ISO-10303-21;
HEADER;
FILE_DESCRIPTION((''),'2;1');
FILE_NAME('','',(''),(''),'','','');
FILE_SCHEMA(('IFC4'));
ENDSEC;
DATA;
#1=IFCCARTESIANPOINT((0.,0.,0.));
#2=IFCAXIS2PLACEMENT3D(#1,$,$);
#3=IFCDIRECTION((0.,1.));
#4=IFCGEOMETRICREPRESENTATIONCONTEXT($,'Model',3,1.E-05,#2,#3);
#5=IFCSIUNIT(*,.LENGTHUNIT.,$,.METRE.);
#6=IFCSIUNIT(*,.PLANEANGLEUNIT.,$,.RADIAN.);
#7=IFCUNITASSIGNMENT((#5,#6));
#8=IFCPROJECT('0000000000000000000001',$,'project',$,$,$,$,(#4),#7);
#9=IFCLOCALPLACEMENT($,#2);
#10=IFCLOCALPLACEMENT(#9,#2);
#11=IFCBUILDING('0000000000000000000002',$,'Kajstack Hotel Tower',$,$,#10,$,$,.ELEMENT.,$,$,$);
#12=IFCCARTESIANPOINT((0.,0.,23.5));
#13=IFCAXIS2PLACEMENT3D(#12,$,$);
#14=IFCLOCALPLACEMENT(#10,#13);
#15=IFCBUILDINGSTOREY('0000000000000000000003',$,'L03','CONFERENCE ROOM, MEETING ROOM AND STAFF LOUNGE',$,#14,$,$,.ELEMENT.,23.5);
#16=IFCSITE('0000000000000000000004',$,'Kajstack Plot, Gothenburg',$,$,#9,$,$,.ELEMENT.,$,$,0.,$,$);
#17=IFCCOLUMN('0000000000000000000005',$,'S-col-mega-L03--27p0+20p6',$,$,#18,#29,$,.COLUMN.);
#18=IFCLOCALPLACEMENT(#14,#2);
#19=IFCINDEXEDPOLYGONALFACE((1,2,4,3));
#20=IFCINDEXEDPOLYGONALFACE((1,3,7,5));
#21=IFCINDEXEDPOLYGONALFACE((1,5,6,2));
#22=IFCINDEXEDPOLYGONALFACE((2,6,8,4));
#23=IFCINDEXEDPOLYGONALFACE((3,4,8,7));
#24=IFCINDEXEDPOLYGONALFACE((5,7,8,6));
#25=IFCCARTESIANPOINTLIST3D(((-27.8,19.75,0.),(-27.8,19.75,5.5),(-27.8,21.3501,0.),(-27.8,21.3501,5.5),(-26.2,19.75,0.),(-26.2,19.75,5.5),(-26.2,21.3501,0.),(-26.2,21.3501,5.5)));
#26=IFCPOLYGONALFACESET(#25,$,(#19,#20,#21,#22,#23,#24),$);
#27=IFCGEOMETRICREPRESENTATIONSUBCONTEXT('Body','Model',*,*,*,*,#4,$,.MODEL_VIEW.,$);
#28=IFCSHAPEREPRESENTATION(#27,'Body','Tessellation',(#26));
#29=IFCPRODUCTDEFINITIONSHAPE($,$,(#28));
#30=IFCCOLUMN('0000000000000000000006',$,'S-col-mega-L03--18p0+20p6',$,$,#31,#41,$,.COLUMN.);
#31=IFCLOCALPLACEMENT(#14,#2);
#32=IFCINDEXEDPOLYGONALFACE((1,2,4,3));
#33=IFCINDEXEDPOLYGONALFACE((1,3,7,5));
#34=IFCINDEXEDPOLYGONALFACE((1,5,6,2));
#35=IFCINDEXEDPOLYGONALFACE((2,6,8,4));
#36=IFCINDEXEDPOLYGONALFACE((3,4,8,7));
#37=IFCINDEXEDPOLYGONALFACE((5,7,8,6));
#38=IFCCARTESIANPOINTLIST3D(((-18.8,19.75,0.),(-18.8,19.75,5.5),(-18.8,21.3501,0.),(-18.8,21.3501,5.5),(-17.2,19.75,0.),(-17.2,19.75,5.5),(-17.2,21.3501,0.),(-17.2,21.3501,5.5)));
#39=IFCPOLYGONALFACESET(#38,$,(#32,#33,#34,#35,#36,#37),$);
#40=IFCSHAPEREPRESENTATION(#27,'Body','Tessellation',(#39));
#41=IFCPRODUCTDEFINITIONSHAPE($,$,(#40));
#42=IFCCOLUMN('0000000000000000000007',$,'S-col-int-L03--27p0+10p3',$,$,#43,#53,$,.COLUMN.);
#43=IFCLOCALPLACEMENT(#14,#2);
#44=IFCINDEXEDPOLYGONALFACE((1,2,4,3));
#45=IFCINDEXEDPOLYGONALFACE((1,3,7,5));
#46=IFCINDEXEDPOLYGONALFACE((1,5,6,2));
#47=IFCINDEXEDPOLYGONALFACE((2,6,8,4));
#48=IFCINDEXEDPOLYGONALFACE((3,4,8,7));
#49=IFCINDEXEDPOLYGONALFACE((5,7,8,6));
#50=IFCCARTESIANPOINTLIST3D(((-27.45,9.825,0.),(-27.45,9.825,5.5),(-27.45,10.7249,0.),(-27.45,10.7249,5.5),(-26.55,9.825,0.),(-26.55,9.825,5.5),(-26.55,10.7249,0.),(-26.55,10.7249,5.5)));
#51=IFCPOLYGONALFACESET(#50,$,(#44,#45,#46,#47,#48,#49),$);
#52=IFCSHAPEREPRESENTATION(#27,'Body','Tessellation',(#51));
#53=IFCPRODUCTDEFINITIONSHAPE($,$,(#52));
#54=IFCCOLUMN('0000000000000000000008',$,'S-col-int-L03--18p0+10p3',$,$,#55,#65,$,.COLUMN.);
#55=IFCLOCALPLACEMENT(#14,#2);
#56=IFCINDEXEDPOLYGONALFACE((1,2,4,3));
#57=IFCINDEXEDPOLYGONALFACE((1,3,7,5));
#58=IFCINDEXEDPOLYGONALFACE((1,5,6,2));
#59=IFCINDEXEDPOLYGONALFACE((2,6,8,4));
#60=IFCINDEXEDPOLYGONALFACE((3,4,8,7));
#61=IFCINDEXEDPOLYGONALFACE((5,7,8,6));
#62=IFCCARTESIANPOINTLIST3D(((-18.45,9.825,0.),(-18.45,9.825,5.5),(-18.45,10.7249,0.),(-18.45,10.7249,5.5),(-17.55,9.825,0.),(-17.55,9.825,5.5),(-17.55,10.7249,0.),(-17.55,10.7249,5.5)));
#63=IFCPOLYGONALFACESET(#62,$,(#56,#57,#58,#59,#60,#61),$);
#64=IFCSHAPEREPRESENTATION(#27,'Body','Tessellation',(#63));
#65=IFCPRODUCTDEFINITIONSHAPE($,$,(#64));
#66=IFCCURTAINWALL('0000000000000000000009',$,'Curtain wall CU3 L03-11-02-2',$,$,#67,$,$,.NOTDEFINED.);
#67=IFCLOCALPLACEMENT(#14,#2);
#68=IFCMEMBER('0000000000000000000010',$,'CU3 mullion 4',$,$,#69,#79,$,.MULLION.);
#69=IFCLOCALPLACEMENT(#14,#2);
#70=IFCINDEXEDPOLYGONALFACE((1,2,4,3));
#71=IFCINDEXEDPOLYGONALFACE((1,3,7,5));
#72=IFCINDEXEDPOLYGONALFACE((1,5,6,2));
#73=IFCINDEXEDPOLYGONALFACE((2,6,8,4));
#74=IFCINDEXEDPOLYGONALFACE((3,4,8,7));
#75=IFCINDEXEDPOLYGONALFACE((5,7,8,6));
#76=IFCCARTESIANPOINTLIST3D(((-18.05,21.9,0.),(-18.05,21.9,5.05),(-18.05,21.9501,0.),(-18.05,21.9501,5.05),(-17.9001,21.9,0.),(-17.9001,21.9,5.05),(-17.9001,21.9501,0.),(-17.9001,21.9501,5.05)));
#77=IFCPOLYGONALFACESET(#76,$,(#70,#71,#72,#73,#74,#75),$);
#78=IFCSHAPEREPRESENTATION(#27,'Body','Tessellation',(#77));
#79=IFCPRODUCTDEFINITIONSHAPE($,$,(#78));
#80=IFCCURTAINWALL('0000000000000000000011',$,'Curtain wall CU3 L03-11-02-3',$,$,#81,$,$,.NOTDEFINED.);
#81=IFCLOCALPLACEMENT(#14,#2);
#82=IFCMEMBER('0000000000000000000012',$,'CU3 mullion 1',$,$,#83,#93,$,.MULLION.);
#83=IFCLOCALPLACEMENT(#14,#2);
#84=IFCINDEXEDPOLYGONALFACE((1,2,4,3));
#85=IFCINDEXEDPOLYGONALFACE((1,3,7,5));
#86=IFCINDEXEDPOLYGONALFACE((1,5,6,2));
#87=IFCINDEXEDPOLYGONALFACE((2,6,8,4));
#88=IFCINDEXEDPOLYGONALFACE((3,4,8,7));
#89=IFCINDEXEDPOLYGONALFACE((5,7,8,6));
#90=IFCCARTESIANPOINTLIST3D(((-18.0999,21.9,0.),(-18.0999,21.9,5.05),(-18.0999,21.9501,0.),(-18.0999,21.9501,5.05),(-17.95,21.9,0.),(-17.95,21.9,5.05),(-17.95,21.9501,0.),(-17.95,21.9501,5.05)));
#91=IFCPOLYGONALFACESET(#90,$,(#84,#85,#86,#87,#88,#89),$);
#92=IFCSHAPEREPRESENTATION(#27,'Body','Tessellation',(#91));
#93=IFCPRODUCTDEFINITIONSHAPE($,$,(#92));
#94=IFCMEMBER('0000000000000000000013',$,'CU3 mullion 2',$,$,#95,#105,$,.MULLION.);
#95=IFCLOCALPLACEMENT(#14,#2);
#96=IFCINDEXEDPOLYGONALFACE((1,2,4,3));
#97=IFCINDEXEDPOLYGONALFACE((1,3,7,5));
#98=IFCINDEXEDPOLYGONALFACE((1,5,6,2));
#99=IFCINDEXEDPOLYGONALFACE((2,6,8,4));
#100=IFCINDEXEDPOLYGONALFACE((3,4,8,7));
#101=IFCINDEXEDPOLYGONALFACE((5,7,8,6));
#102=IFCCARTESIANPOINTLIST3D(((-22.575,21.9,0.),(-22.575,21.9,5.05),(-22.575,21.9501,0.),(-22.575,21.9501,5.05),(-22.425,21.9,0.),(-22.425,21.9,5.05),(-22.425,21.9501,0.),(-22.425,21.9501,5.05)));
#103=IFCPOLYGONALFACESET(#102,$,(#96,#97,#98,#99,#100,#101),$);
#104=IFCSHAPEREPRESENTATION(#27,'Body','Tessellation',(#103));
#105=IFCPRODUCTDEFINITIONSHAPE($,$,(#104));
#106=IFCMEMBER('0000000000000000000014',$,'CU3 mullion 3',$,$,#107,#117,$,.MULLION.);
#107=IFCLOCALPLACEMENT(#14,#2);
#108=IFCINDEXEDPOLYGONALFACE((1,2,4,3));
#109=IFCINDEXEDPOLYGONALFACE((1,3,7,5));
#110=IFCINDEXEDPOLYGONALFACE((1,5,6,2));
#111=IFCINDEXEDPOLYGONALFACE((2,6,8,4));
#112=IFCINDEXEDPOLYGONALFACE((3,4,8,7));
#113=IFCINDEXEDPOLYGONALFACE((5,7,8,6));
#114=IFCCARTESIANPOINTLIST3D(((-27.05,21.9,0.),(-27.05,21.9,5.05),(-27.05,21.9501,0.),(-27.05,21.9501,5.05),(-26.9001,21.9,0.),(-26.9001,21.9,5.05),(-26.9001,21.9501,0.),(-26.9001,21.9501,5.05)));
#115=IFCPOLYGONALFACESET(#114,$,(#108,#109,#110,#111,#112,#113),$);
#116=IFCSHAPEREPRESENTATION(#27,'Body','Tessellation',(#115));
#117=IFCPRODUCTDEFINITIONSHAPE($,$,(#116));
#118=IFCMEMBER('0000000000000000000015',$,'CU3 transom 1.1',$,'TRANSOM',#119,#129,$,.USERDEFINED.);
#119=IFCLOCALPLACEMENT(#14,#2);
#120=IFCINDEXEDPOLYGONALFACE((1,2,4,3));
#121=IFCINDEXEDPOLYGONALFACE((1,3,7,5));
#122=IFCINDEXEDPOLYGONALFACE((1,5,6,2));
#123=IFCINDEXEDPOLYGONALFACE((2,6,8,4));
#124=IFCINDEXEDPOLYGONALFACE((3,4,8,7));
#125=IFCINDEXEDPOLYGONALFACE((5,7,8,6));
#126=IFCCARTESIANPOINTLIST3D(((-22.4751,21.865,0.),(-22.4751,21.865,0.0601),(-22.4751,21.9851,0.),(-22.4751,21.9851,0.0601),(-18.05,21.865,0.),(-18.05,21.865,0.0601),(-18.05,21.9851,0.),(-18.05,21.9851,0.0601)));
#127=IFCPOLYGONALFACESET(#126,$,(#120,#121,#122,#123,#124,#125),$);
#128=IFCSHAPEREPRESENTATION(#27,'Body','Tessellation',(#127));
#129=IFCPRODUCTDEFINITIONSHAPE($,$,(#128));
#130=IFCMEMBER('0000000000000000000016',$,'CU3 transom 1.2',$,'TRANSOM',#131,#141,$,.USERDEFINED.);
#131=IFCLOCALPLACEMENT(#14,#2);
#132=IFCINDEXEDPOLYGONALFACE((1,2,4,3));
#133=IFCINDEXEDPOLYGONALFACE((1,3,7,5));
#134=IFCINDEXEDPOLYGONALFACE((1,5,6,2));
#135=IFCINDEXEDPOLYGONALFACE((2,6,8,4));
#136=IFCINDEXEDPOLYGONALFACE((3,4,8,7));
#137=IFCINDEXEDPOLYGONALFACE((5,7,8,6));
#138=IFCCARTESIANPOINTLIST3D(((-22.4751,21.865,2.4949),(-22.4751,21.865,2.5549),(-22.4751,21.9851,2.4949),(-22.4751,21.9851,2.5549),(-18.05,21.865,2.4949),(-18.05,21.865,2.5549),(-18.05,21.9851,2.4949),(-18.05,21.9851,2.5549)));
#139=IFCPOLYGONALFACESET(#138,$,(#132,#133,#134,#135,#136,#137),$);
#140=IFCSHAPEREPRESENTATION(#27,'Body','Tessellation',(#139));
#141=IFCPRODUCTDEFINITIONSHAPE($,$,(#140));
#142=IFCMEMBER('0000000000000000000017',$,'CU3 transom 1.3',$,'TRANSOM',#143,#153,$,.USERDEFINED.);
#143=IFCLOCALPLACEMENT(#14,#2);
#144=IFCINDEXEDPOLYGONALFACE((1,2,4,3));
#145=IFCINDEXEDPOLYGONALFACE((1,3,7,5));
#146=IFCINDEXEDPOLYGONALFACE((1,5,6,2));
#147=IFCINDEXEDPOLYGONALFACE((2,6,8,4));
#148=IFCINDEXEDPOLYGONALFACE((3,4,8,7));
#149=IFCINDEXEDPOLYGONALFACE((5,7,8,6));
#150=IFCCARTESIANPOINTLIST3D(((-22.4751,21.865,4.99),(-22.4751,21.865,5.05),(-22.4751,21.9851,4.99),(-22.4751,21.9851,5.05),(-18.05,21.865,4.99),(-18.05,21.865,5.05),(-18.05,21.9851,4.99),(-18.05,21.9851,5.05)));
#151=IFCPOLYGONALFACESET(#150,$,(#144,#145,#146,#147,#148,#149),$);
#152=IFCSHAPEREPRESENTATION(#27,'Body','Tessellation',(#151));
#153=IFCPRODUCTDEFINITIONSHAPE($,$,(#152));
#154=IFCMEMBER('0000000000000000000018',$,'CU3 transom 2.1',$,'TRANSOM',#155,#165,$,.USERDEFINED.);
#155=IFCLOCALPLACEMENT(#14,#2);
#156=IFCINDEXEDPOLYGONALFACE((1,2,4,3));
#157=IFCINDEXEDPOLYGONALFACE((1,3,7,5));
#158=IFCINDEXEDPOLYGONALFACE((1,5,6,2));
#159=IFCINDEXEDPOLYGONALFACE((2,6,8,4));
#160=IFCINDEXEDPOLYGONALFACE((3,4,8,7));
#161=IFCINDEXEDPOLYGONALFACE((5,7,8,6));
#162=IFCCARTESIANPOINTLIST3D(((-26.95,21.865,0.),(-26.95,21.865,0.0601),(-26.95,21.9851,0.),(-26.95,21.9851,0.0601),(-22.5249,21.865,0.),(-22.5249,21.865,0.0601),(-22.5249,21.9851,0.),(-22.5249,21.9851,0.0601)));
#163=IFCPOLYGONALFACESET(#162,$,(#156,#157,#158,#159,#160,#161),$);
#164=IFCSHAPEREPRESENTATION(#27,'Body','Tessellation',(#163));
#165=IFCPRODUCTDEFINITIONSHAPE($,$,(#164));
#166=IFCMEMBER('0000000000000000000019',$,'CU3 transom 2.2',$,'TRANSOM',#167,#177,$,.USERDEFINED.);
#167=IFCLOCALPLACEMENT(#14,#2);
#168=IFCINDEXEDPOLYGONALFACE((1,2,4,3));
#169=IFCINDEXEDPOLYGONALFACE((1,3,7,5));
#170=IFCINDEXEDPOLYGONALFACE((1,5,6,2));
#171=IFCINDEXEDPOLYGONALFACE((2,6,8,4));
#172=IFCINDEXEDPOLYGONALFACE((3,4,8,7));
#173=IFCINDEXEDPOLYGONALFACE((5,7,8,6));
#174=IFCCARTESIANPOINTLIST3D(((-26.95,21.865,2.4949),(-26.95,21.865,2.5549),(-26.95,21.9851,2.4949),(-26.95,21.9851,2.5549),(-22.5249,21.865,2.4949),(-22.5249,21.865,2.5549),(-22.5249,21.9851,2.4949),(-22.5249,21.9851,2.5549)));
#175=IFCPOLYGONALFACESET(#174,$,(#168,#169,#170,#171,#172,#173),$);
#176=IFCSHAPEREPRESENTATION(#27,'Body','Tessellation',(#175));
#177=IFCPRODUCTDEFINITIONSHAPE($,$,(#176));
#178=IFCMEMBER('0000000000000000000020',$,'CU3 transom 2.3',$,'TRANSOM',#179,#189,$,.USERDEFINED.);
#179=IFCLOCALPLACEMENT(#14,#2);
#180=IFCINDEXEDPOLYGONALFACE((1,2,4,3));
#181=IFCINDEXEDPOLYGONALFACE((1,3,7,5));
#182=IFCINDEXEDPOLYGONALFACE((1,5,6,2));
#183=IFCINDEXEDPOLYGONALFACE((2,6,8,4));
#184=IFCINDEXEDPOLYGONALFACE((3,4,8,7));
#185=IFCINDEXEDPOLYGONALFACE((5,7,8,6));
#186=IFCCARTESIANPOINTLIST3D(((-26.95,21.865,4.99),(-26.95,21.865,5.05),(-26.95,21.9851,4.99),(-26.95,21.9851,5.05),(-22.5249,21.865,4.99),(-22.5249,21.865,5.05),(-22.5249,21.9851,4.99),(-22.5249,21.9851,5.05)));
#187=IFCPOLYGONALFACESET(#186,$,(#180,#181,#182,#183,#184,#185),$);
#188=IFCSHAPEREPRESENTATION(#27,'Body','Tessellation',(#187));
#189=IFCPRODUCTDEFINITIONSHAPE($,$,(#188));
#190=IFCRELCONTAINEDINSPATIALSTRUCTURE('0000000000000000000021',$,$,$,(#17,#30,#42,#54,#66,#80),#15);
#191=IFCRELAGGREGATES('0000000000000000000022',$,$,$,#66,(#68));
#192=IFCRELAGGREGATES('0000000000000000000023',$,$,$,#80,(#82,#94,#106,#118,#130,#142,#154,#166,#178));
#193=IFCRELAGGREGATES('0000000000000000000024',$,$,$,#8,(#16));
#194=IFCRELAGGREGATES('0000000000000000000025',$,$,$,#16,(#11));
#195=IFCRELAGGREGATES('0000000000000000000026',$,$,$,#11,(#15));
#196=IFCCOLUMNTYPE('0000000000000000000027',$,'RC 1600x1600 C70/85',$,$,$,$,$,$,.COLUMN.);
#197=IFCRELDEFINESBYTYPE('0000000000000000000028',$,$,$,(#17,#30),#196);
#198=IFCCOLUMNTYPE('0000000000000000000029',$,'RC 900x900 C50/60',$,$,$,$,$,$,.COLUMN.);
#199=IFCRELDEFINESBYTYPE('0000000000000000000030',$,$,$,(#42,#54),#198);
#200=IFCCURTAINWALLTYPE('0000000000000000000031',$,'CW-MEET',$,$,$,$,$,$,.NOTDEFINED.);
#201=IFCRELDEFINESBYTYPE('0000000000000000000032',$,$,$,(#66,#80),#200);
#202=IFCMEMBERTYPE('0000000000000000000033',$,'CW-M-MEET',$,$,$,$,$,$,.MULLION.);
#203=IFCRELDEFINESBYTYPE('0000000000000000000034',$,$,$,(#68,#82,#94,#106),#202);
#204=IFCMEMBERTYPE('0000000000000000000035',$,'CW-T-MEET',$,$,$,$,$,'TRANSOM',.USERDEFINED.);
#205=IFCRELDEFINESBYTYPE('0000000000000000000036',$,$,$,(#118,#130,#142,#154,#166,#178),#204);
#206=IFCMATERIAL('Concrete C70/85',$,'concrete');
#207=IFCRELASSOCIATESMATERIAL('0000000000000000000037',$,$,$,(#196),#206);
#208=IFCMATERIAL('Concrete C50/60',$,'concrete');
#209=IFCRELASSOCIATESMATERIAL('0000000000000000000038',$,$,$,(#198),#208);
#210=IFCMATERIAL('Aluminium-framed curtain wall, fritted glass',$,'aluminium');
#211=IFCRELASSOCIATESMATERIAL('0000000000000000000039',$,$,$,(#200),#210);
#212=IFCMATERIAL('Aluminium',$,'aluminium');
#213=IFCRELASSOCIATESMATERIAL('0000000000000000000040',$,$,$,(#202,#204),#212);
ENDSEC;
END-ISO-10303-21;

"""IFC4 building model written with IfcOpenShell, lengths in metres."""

from ifc_helpers import new_model, si_unit, direction, frame, origin, origin_2d, place, context, subcontext, project, spatial, rectangle, extrude, material, material_profile, profile_set, type_object, element, aggregate, save


model = new_model("IFC4")

# Units and contexts
model_context = context("Model", 3, precision=1e-05, world=origin(), true_north=direction((0.0, 1.0)))
body_context = subcontext(model_context, "Body", "Model", "MODEL_VIEW")
ifc_project = project(units=[si_unit("LENGTHUNIT", "METRE"), si_unit("PLANEANGLEUNIT", "RADIAN")], contexts=[model_context])

# Site, building, storey
site_placement = place(None, origin())
site = spatial("IfcSite", under=ifc_project, at=site_placement, Name="Kajstack Plot, Gothenburg", CompositionType="ELEMENT", RefElevation=0.0)
building_placement = place(site_placement, origin())
building = spatial("IfcBuilding", under=site, at=building_placement, Name="Kajstack Hotel Tower", CompositionType="ELEMENT")
storey_placement = place(building_placement, frame((0.0, 0.0, 23.5)))
storey = spatial("IfcBuildingStorey", under=building, at=storey_placement, Name="L03", Description="CONFERENCE ROOM, MEETING ROOM AND STAFF LOUNGE", CompositionType="ELEMENT", Elevation=23.5)

# Columns
ifc_material_1 = material(Name="Concrete C70/85", Category="concrete")
ifc_material_profile_1 = material_profile(ifc_material_1, rectangle(XDim=1.6001, YDim=1.6001, at=origin_2d()), Name="RC 1600x1600")
ifc_profile_set_1 = profile_set([ifc_material_profile_1], Name="Concrete C70/85")
column_type_1 = type_object("IfcColumnType", Name="RC 1600x1600 C70/85", PredefinedType="COLUMN", material=ifc_profile_set_1)
for number, where, z_axis, x_axis, name in (
    (1, (-27.0, 20.55, 0.0), (0.0, 0.0, 1.0), (1.0, 0.0, 0.0), "S-col-mega-L03--27p0+20p6"),
    (2, (-18.0, 20.55, 0.0), (0.0, 0.0, 1.0), (1.0, 0.0, 0.0), "S-col-mega-L03--18p0+20p6"),
):
    element("IfcColumn", number, at=place(storey_placement, frame(where, z_axis=z_axis, x_axis=x_axis)), inside=storey, type_object=column_type_1, Name=name, PredefinedType="COLUMN", context=body_context, shape_type="SweptSolid", body=[
        extrude(rectangle(XDim=1.6001, YDim=1.6001, at=origin_2d()), origin(), (0.0, 0.0, 1.0), 5.5),
    ])
ifc_material_2 = material(Name="Concrete C50/60", Category="concrete")
ifc_material_profile_2 = material_profile(ifc_material_2, rectangle(XDim=0.8999, YDim=0.8999, at=origin_2d()), Name="RC 900x900")
ifc_profile_set_2 = profile_set([ifc_material_profile_2], Name="Concrete C50/60")
column_type_2 = type_object("IfcColumnType", Name="RC 900x900 C50/60", PredefinedType="COLUMN", material=ifc_profile_set_2)
for number, where, z_axis, x_axis, name in (
    (3, (-27.0, 10.2749, 0.0), (0.0, 0.0, 1.0), (1.0, 0.0, 0.0), "S-col-int-L03--27p0+10p3"),
    (4, (-18.0, 10.2749, 0.0), (0.0, 0.0, 1.0), (1.0, 0.0, 0.0), "S-col-int-L03--18p0+10p3"),
):
    element("IfcColumn", number, at=place(storey_placement, frame(where, z_axis=z_axis, x_axis=x_axis)), inside=storey, type_object=column_type_2, Name=name, PredefinedType="COLUMN", context=body_context, shape_type="SweptSolid", body=[
        extrude(rectangle(XDim=0.8999, YDim=0.8999, at=origin_2d()), origin(), (0.0, 0.0, 1.0), 5.5),
    ])

# Curtain wall, member
ifc_material_3 = material(Name="Aluminium-framed curtain wall, fritted glass", Category="aluminium")
curtain_wall_type = type_object("IfcCurtainWallType", Name="CW-MEET", PredefinedType="NOTDEFINED", material=ifc_material_3)
curtain_wall_1_placement = place(storey_placement, origin())
curtain_wall_1 = element("IfcCurtainWall", 5, at=curtain_wall_1_placement, inside=storey, type_object=curtain_wall_type, Name="Curtain wall CU3 L03-11-02-2", PredefinedType="NOTDEFINED")
ifc_material_4 = material(Name="Aluminium", Category="aluminium")
ifc_material_profile_3 = material_profile(ifc_material_4, rectangle(XDim=0.05, YDim=0.1499, at=origin_2d()), Name="Aluminium mullion 50 x 150")
ifc_profile_set_3 = profile_set([ifc_material_profile_3], Name="Aluminium")
member_type_1 = type_object("IfcMemberType", Name="CW-M-MEET", PredefinedType="MULLION", material=ifc_profile_set_3)
member_1_placement = place(storey_placement, frame((-17.9751, 21.925, 0.0), z_axis=(0.0, 0.0, 1.0), x_axis=(0.0, -1.0, 0.0)))
member_1 = element("IfcMember", 6, at=member_1_placement, type_object=member_type_1, Name="CU3 mullion 4", PredefinedType="MULLION", context=body_context, shape_type="SweptSolid", body=[
    extrude(rectangle(XDim=0.05, YDim=0.1499, at=origin_2d()), origin(), (0.0, 0.0, 1.0), 5.05),
])
aggregate(curtain_wall_1, [member_1])

# Curtain wall, members
curtain_wall_2_placement = place(storey_placement, origin())
curtain_wall_2 = element("IfcCurtainWall", 7, at=curtain_wall_2_placement, inside=storey, type_object=curtain_wall_type, Name="Curtain wall CU3 L03-11-02-3", PredefinedType="NOTDEFINED")
member_2_placement = place(storey_placement, frame((-18.0249, 21.925, 0.0), z_axis=(0.0, 0.0, 1.0), x_axis=(0.0, -1.0, 0.0)))
member_2 = element("IfcMember", 8, at=member_2_placement, type_object=member_type_1, Name="CU3 mullion 1", PredefinedType="MULLION", context=body_context, shape_type="SweptSolid", body=[
    extrude(rectangle(XDim=0.05, YDim=0.1499, at=origin_2d()), origin(), (0.0, 0.0, 1.0), 5.05),
])
member_3_placement = place(storey_placement, frame((-22.5, 21.925, 0.0), z_axis=(0.0, 0.0, 1.0), x_axis=(0.0, -1.0, 0.0)))
member_3 = element("IfcMember", 9, at=member_3_placement, type_object=member_type_1, Name="CU3 mullion 2", PredefinedType="MULLION", context=body_context, shape_type="SweptSolid", body=[
    extrude(rectangle(XDim=0.05, YDim=0.1499, at=origin_2d()), origin(), (0.0, 0.0, 1.0), 5.05),
])
member_4_placement = place(storey_placement, frame((-26.9751, 21.925, 0.0), z_axis=(0.0, 0.0, 1.0), x_axis=(0.0, -1.0, 0.0)))
member_4 = element("IfcMember", 10, at=member_4_placement, type_object=member_type_1, Name="CU3 mullion 3", PredefinedType="MULLION", context=body_context, shape_type="SweptSolid", body=[
    extrude(rectangle(XDim=0.05, YDim=0.1499, at=origin_2d()), origin(), (0.0, 0.0, 1.0), 5.05),
])
ifc_material_profile_4 = material_profile(ifc_material_4, rectangle(XDim=0.1201, YDim=0.0601, at=origin_2d()), Name="Aluminium transom 120 x 60")
ifc_profile_set_4 = profile_set([ifc_material_profile_4], Name="Aluminium")
member_type_2 = type_object("IfcMemberType", Name="CW-T-MEET", ElementType="TRANSOM", PredefinedType="USERDEFINED", material=ifc_profile_set_4)
member_5_placement = place(storey_placement, frame((-18.05, 21.925, 0.03), z_axis=(-1.0, 0.0, 0.0), x_axis=(0.0, -1.0, 0.0)))
member_5 = element("IfcMember", 11, at=member_5_placement, type_object=member_type_2, Name="CU3 transom 1.1", ObjectType="TRANSOM", PredefinedType="USERDEFINED", context=body_context, shape_type="SweptSolid", body=[
    extrude(rectangle(XDim=0.1201, YDim=0.0601, at=origin_2d()), origin(), (0.0, 0.0, 1.0), 4.425),
])
member_6_placement = place(storey_placement, frame((-18.05, 21.925, 2.5249), z_axis=(-1.0, 0.0, 0.0), x_axis=(0.0, -1.0, 0.0)))
member_6 = element("IfcMember", 12, at=member_6_placement, type_object=member_type_2, Name="CU3 transom 1.2", ObjectType="TRANSOM", PredefinedType="USERDEFINED", context=body_context, shape_type="SweptSolid", body=[
    extrude(rectangle(XDim=0.1201, YDim=0.0601, at=origin_2d()), origin(), (0.0, 0.0, 1.0), 4.425),
])
member_7_placement = place(storey_placement, frame((-18.05, 21.925, 5.02), z_axis=(-1.0, 0.0, 0.0), x_axis=(0.0, -1.0, 0.0)))
member_7 = element("IfcMember", 13, at=member_7_placement, type_object=member_type_2, Name="CU3 transom 1.3", ObjectType="TRANSOM", PredefinedType="USERDEFINED", context=body_context, shape_type="SweptSolid", body=[
    extrude(rectangle(XDim=0.1201, YDim=0.0601, at=origin_2d()), origin(), (0.0, 0.0, 1.0), 4.425),
])
member_8_placement = place(storey_placement, frame((-22.5249, 21.925, 0.03), z_axis=(-1.0, 0.0, 0.0), x_axis=(0.0, -1.0, 0.0)))
member_8 = element("IfcMember", 14, at=member_8_placement, type_object=member_type_2, Name="CU3 transom 2.1", ObjectType="TRANSOM", PredefinedType="USERDEFINED", context=body_context, shape_type="SweptSolid", body=[
    extrude(rectangle(XDim=0.1201, YDim=0.0601, at=origin_2d()), origin(), (0.0, 0.0, 1.0), 4.425),
])
member_9_placement = place(storey_placement, frame((-22.5249, 21.925, 2.5249), z_axis=(-1.0, 0.0, 0.0), x_axis=(0.0, -1.0, 0.0)))
member_9 = element("IfcMember", 15, at=member_9_placement, type_object=member_type_2, Name="CU3 transom 2.2", ObjectType="TRANSOM", PredefinedType="USERDEFINED", context=body_context, shape_type="SweptSolid", body=[
    extrude(rectangle(XDim=0.1201, YDim=0.0601, at=origin_2d()), origin(), (0.0, 0.0, 1.0), 4.425),
])
member_10_placement = place(storey_placement, frame((-22.5249, 21.925, 5.02), z_axis=(-1.0, 0.0, 0.0), x_axis=(0.0, -1.0, 0.0)))
member_10 = element("IfcMember", 16, at=member_10_placement, type_object=member_type_2, Name="CU3 transom 2.3", ObjectType="TRANSOM", PredefinedType="USERDEFINED", context=body_context, shape_type="SweptSolid", body=[
    extrude(rectangle(XDim=0.1201, YDim=0.0601, at=origin_2d()), origin(), (0.0, 0.0, 1.0), 4.425),
])
aggregate(curtain_wall_2, [member_2, member_3, member_4, member_5, member_6, member_7, member_8, member_9, member_10])

save(model, "model.ifc")
